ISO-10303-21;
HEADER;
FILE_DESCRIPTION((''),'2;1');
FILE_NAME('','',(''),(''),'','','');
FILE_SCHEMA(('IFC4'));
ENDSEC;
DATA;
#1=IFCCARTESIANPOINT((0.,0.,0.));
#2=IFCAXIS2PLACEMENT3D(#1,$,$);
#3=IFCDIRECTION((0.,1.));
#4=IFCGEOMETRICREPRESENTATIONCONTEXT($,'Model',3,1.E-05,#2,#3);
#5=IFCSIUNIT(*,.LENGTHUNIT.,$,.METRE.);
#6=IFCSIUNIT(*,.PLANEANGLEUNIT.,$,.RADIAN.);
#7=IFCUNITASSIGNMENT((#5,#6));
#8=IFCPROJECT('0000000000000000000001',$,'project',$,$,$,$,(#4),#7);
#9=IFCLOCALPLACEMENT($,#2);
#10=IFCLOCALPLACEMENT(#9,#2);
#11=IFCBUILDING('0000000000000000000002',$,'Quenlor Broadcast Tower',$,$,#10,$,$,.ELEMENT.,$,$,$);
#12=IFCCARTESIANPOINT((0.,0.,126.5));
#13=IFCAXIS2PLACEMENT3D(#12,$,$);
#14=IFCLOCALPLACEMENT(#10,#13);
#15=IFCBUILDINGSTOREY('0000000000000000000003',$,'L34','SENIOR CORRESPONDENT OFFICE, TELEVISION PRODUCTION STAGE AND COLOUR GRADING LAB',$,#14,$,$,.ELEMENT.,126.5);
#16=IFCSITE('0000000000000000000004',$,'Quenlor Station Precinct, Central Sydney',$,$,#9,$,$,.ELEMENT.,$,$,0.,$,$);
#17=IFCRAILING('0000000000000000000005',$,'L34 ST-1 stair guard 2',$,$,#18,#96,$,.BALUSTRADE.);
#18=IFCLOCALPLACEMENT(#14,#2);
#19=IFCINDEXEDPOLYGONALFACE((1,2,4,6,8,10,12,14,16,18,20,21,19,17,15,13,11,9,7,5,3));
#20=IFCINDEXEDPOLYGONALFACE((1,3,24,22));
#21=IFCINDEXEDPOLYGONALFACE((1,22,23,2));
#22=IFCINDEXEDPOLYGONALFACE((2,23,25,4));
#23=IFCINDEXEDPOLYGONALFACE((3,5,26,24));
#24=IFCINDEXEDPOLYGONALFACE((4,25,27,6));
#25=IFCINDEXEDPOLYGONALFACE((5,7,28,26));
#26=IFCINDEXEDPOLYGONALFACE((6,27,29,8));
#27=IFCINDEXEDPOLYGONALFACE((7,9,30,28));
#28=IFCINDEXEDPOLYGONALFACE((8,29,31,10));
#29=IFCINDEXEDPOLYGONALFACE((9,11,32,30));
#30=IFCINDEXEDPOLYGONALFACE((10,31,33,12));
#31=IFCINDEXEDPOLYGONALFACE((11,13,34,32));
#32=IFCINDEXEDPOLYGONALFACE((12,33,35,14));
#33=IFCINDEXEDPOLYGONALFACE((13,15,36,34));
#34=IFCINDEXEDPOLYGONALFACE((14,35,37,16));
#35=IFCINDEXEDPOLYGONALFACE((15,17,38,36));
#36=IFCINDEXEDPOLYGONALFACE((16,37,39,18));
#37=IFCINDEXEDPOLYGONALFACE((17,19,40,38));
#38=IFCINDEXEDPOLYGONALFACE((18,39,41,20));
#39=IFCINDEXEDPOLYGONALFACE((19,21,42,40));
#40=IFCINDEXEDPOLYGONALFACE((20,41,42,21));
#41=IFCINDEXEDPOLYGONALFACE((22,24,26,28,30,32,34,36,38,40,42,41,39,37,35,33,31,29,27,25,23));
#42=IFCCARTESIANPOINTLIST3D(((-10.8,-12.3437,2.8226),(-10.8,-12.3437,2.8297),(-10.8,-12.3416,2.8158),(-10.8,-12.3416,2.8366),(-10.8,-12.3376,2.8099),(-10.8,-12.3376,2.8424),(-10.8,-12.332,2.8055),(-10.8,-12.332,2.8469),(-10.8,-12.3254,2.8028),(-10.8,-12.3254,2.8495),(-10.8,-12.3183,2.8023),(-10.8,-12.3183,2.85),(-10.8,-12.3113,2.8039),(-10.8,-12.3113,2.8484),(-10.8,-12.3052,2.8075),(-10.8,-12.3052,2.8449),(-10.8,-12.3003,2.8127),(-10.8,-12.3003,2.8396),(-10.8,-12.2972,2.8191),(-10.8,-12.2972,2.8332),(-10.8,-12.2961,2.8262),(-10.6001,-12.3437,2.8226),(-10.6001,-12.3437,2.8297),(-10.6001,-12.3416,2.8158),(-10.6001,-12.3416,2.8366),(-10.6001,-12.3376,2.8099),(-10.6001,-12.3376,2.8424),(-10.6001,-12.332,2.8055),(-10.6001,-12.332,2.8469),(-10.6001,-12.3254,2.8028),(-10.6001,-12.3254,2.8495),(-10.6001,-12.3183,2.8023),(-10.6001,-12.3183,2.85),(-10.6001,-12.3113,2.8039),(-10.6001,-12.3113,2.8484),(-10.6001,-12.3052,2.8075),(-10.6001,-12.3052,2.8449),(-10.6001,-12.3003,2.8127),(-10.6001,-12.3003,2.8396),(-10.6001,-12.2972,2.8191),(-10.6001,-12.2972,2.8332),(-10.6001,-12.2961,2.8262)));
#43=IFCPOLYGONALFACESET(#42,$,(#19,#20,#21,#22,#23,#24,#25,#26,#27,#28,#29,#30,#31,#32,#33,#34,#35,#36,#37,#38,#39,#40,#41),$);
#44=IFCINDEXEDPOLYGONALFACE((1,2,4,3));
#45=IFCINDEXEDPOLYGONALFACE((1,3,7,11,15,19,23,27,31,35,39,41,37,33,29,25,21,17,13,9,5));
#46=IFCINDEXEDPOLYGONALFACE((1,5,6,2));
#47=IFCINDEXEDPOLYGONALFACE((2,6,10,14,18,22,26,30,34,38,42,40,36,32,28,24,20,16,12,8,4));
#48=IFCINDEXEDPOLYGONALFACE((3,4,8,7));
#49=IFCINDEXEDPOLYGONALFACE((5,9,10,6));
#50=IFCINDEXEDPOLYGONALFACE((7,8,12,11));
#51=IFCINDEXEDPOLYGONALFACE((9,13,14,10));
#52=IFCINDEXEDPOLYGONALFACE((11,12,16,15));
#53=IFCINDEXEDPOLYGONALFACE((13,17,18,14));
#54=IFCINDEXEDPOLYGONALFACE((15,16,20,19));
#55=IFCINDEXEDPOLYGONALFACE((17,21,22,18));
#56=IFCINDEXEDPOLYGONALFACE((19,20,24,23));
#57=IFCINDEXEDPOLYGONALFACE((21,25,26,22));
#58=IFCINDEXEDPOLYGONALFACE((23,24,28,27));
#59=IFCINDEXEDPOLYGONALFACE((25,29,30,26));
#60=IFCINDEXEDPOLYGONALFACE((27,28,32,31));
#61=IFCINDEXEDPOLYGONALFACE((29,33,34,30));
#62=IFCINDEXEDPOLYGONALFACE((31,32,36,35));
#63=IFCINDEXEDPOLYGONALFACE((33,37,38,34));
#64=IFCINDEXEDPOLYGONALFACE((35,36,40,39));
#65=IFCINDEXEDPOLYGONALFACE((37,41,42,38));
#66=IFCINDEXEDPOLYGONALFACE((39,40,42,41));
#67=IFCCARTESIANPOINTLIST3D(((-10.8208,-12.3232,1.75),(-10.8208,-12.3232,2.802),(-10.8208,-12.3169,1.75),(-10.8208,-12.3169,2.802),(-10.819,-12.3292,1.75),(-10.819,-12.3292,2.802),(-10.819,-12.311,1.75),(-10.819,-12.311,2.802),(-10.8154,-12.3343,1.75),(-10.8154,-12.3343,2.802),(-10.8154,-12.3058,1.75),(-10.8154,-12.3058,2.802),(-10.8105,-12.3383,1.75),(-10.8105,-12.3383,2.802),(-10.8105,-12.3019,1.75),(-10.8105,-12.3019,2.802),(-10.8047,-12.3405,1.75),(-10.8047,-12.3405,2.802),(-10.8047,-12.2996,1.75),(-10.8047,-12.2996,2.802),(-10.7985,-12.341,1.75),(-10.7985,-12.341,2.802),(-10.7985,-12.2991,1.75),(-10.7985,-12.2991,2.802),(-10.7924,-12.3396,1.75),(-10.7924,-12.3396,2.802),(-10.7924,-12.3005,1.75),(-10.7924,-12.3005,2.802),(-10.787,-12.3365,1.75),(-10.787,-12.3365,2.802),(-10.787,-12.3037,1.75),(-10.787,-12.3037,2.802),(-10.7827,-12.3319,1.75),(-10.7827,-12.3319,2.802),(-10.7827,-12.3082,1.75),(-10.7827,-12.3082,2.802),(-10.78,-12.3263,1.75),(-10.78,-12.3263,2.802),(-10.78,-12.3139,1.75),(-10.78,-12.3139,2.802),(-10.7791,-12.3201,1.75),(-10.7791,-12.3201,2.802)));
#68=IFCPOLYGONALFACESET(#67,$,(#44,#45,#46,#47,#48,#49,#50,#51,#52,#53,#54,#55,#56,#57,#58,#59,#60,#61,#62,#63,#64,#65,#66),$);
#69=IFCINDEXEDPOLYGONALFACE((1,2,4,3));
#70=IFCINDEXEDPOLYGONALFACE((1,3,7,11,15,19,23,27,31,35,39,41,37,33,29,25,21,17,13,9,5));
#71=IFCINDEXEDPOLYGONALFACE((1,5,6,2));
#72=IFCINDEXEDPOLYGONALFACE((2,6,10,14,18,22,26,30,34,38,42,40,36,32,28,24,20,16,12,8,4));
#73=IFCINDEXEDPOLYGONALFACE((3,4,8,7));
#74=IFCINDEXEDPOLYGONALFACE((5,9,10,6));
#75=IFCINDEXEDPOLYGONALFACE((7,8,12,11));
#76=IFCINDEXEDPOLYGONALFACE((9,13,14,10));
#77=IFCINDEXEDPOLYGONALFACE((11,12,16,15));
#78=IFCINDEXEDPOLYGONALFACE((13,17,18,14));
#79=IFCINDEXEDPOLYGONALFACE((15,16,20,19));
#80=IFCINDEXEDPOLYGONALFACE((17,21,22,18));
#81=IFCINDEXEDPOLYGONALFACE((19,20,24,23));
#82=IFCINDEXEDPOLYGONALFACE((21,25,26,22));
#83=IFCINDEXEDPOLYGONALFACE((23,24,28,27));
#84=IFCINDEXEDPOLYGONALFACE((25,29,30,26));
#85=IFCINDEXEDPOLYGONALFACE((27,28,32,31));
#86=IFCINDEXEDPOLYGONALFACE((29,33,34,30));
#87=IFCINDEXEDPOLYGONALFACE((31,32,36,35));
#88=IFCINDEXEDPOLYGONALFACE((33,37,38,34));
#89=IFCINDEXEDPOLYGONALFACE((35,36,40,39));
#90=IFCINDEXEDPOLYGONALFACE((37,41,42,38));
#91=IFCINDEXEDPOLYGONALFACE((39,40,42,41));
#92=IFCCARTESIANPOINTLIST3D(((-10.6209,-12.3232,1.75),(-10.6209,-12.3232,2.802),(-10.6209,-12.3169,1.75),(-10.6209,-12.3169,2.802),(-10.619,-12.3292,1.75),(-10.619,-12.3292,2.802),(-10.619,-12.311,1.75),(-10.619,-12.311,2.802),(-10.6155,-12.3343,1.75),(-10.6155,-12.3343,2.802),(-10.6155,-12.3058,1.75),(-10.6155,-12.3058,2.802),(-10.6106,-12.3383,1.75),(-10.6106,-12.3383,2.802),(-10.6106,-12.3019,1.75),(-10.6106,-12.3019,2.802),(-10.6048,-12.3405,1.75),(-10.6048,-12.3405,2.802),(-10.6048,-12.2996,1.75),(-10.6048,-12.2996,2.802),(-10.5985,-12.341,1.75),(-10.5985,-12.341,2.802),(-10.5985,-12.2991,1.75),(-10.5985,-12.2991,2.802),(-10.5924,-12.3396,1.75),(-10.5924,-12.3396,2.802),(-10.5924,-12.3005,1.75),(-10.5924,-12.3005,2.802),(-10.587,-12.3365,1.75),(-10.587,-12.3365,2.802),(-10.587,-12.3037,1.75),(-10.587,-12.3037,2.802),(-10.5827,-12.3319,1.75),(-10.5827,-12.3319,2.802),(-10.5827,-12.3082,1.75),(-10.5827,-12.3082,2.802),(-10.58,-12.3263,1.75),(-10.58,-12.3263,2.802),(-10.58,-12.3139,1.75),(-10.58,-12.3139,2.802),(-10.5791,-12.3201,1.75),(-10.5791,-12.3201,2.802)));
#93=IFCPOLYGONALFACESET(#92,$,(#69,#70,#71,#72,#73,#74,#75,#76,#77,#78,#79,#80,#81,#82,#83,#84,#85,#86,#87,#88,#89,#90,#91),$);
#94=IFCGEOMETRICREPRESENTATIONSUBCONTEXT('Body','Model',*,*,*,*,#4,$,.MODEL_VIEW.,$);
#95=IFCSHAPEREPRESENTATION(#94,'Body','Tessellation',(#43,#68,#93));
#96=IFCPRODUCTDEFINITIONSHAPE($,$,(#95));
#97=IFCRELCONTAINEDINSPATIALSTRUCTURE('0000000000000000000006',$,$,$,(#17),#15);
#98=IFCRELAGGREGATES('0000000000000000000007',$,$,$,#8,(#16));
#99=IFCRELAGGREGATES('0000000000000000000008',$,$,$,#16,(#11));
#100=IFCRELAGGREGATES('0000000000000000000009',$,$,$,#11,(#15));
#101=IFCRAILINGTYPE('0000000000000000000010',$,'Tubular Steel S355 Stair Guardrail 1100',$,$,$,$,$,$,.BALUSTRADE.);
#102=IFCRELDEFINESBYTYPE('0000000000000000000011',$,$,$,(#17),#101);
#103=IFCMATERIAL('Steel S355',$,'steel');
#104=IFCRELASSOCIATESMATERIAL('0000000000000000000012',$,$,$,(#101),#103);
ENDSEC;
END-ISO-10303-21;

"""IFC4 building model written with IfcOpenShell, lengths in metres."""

from ifc_helpers import new_model, si_unit, direction, frame, origin, origin_2d, place, context, subcontext, project, spatial, circle, extrude, material, type_object, element, save


model = new_model("IFC4")

# Units and contexts
model_context = context("Model", 3, precision=1e-05, world=origin(), true_north=direction((0.0, 1.0)))
body_context = subcontext(model_context, "Body", "Model", "MODEL_VIEW")
ifc_project = project(units=[si_unit("LENGTHUNIT", "METRE"), si_unit("PLANEANGLEUNIT", "RADIAN")], contexts=[model_context])

# Site, building, storey
site_placement = place(None, origin())
site = spatial("IfcSite", under=ifc_project, at=site_placement, Name="Quenlor Station Precinct, Central Sydney", CompositionType="ELEMENT", RefElevation=0.0)
building_placement = place(site_placement, origin())
building = spatial("IfcBuilding", under=site, at=building_placement, Name="Quenlor Broadcast Tower", CompositionType="ELEMENT")
storey_placement = place(building_placement, frame((0.0, 0.0, 126.5)))
storey = spatial("IfcBuildingStorey", under=building, at=storey_placement, Name="L34", Description="SENIOR CORRESPONDENT OFFICE, TELEVISION PRODUCTION STAGE AND COLOUR GRADING LAB", CompositionType="ELEMENT", Elevation=126.5)

# Railing
ifc_material_1 = material(Name="Steel S355", Category="steel")
railing_type_1 = type_object("IfcRailingType", Name="Tubular Steel S355 Stair Guardrail 1100", PredefinedType="BALUSTRADE", material=ifc_material_1)
railing_1_placement = place(storey_placement, frame((-10.8, -12.3201, 1.75)))
element("IfcRailing", 1, at=railing_1_placement, inside=storey, type_object=railing_type_1, Name="L34 ST-1 stair guard 2", PredefinedType="BALUSTRADE", context=body_context, shape_type="SweptSolid", body=[
    extrude(circle(Radius=0.0239, at=origin_2d()), frame((0.0, 0.0, 1.0762), z_axis=(1.0, 0.0, 0.0), x_axis=(0.0, 1.0, 0.0)), (0.0, 0.0, 1.0), 0.2),
    extrude(circle(Radius=0.021, at=origin_2d()), origin(), (0.0, 0.0, 1.0), 1.052),
    extrude(circle(Radius=0.021, at=origin_2d()), frame((0.2, 0.0, 0.0)), (0.0, 0.0, 1.0), 1.052),
])

save(model, "model.ifc")
